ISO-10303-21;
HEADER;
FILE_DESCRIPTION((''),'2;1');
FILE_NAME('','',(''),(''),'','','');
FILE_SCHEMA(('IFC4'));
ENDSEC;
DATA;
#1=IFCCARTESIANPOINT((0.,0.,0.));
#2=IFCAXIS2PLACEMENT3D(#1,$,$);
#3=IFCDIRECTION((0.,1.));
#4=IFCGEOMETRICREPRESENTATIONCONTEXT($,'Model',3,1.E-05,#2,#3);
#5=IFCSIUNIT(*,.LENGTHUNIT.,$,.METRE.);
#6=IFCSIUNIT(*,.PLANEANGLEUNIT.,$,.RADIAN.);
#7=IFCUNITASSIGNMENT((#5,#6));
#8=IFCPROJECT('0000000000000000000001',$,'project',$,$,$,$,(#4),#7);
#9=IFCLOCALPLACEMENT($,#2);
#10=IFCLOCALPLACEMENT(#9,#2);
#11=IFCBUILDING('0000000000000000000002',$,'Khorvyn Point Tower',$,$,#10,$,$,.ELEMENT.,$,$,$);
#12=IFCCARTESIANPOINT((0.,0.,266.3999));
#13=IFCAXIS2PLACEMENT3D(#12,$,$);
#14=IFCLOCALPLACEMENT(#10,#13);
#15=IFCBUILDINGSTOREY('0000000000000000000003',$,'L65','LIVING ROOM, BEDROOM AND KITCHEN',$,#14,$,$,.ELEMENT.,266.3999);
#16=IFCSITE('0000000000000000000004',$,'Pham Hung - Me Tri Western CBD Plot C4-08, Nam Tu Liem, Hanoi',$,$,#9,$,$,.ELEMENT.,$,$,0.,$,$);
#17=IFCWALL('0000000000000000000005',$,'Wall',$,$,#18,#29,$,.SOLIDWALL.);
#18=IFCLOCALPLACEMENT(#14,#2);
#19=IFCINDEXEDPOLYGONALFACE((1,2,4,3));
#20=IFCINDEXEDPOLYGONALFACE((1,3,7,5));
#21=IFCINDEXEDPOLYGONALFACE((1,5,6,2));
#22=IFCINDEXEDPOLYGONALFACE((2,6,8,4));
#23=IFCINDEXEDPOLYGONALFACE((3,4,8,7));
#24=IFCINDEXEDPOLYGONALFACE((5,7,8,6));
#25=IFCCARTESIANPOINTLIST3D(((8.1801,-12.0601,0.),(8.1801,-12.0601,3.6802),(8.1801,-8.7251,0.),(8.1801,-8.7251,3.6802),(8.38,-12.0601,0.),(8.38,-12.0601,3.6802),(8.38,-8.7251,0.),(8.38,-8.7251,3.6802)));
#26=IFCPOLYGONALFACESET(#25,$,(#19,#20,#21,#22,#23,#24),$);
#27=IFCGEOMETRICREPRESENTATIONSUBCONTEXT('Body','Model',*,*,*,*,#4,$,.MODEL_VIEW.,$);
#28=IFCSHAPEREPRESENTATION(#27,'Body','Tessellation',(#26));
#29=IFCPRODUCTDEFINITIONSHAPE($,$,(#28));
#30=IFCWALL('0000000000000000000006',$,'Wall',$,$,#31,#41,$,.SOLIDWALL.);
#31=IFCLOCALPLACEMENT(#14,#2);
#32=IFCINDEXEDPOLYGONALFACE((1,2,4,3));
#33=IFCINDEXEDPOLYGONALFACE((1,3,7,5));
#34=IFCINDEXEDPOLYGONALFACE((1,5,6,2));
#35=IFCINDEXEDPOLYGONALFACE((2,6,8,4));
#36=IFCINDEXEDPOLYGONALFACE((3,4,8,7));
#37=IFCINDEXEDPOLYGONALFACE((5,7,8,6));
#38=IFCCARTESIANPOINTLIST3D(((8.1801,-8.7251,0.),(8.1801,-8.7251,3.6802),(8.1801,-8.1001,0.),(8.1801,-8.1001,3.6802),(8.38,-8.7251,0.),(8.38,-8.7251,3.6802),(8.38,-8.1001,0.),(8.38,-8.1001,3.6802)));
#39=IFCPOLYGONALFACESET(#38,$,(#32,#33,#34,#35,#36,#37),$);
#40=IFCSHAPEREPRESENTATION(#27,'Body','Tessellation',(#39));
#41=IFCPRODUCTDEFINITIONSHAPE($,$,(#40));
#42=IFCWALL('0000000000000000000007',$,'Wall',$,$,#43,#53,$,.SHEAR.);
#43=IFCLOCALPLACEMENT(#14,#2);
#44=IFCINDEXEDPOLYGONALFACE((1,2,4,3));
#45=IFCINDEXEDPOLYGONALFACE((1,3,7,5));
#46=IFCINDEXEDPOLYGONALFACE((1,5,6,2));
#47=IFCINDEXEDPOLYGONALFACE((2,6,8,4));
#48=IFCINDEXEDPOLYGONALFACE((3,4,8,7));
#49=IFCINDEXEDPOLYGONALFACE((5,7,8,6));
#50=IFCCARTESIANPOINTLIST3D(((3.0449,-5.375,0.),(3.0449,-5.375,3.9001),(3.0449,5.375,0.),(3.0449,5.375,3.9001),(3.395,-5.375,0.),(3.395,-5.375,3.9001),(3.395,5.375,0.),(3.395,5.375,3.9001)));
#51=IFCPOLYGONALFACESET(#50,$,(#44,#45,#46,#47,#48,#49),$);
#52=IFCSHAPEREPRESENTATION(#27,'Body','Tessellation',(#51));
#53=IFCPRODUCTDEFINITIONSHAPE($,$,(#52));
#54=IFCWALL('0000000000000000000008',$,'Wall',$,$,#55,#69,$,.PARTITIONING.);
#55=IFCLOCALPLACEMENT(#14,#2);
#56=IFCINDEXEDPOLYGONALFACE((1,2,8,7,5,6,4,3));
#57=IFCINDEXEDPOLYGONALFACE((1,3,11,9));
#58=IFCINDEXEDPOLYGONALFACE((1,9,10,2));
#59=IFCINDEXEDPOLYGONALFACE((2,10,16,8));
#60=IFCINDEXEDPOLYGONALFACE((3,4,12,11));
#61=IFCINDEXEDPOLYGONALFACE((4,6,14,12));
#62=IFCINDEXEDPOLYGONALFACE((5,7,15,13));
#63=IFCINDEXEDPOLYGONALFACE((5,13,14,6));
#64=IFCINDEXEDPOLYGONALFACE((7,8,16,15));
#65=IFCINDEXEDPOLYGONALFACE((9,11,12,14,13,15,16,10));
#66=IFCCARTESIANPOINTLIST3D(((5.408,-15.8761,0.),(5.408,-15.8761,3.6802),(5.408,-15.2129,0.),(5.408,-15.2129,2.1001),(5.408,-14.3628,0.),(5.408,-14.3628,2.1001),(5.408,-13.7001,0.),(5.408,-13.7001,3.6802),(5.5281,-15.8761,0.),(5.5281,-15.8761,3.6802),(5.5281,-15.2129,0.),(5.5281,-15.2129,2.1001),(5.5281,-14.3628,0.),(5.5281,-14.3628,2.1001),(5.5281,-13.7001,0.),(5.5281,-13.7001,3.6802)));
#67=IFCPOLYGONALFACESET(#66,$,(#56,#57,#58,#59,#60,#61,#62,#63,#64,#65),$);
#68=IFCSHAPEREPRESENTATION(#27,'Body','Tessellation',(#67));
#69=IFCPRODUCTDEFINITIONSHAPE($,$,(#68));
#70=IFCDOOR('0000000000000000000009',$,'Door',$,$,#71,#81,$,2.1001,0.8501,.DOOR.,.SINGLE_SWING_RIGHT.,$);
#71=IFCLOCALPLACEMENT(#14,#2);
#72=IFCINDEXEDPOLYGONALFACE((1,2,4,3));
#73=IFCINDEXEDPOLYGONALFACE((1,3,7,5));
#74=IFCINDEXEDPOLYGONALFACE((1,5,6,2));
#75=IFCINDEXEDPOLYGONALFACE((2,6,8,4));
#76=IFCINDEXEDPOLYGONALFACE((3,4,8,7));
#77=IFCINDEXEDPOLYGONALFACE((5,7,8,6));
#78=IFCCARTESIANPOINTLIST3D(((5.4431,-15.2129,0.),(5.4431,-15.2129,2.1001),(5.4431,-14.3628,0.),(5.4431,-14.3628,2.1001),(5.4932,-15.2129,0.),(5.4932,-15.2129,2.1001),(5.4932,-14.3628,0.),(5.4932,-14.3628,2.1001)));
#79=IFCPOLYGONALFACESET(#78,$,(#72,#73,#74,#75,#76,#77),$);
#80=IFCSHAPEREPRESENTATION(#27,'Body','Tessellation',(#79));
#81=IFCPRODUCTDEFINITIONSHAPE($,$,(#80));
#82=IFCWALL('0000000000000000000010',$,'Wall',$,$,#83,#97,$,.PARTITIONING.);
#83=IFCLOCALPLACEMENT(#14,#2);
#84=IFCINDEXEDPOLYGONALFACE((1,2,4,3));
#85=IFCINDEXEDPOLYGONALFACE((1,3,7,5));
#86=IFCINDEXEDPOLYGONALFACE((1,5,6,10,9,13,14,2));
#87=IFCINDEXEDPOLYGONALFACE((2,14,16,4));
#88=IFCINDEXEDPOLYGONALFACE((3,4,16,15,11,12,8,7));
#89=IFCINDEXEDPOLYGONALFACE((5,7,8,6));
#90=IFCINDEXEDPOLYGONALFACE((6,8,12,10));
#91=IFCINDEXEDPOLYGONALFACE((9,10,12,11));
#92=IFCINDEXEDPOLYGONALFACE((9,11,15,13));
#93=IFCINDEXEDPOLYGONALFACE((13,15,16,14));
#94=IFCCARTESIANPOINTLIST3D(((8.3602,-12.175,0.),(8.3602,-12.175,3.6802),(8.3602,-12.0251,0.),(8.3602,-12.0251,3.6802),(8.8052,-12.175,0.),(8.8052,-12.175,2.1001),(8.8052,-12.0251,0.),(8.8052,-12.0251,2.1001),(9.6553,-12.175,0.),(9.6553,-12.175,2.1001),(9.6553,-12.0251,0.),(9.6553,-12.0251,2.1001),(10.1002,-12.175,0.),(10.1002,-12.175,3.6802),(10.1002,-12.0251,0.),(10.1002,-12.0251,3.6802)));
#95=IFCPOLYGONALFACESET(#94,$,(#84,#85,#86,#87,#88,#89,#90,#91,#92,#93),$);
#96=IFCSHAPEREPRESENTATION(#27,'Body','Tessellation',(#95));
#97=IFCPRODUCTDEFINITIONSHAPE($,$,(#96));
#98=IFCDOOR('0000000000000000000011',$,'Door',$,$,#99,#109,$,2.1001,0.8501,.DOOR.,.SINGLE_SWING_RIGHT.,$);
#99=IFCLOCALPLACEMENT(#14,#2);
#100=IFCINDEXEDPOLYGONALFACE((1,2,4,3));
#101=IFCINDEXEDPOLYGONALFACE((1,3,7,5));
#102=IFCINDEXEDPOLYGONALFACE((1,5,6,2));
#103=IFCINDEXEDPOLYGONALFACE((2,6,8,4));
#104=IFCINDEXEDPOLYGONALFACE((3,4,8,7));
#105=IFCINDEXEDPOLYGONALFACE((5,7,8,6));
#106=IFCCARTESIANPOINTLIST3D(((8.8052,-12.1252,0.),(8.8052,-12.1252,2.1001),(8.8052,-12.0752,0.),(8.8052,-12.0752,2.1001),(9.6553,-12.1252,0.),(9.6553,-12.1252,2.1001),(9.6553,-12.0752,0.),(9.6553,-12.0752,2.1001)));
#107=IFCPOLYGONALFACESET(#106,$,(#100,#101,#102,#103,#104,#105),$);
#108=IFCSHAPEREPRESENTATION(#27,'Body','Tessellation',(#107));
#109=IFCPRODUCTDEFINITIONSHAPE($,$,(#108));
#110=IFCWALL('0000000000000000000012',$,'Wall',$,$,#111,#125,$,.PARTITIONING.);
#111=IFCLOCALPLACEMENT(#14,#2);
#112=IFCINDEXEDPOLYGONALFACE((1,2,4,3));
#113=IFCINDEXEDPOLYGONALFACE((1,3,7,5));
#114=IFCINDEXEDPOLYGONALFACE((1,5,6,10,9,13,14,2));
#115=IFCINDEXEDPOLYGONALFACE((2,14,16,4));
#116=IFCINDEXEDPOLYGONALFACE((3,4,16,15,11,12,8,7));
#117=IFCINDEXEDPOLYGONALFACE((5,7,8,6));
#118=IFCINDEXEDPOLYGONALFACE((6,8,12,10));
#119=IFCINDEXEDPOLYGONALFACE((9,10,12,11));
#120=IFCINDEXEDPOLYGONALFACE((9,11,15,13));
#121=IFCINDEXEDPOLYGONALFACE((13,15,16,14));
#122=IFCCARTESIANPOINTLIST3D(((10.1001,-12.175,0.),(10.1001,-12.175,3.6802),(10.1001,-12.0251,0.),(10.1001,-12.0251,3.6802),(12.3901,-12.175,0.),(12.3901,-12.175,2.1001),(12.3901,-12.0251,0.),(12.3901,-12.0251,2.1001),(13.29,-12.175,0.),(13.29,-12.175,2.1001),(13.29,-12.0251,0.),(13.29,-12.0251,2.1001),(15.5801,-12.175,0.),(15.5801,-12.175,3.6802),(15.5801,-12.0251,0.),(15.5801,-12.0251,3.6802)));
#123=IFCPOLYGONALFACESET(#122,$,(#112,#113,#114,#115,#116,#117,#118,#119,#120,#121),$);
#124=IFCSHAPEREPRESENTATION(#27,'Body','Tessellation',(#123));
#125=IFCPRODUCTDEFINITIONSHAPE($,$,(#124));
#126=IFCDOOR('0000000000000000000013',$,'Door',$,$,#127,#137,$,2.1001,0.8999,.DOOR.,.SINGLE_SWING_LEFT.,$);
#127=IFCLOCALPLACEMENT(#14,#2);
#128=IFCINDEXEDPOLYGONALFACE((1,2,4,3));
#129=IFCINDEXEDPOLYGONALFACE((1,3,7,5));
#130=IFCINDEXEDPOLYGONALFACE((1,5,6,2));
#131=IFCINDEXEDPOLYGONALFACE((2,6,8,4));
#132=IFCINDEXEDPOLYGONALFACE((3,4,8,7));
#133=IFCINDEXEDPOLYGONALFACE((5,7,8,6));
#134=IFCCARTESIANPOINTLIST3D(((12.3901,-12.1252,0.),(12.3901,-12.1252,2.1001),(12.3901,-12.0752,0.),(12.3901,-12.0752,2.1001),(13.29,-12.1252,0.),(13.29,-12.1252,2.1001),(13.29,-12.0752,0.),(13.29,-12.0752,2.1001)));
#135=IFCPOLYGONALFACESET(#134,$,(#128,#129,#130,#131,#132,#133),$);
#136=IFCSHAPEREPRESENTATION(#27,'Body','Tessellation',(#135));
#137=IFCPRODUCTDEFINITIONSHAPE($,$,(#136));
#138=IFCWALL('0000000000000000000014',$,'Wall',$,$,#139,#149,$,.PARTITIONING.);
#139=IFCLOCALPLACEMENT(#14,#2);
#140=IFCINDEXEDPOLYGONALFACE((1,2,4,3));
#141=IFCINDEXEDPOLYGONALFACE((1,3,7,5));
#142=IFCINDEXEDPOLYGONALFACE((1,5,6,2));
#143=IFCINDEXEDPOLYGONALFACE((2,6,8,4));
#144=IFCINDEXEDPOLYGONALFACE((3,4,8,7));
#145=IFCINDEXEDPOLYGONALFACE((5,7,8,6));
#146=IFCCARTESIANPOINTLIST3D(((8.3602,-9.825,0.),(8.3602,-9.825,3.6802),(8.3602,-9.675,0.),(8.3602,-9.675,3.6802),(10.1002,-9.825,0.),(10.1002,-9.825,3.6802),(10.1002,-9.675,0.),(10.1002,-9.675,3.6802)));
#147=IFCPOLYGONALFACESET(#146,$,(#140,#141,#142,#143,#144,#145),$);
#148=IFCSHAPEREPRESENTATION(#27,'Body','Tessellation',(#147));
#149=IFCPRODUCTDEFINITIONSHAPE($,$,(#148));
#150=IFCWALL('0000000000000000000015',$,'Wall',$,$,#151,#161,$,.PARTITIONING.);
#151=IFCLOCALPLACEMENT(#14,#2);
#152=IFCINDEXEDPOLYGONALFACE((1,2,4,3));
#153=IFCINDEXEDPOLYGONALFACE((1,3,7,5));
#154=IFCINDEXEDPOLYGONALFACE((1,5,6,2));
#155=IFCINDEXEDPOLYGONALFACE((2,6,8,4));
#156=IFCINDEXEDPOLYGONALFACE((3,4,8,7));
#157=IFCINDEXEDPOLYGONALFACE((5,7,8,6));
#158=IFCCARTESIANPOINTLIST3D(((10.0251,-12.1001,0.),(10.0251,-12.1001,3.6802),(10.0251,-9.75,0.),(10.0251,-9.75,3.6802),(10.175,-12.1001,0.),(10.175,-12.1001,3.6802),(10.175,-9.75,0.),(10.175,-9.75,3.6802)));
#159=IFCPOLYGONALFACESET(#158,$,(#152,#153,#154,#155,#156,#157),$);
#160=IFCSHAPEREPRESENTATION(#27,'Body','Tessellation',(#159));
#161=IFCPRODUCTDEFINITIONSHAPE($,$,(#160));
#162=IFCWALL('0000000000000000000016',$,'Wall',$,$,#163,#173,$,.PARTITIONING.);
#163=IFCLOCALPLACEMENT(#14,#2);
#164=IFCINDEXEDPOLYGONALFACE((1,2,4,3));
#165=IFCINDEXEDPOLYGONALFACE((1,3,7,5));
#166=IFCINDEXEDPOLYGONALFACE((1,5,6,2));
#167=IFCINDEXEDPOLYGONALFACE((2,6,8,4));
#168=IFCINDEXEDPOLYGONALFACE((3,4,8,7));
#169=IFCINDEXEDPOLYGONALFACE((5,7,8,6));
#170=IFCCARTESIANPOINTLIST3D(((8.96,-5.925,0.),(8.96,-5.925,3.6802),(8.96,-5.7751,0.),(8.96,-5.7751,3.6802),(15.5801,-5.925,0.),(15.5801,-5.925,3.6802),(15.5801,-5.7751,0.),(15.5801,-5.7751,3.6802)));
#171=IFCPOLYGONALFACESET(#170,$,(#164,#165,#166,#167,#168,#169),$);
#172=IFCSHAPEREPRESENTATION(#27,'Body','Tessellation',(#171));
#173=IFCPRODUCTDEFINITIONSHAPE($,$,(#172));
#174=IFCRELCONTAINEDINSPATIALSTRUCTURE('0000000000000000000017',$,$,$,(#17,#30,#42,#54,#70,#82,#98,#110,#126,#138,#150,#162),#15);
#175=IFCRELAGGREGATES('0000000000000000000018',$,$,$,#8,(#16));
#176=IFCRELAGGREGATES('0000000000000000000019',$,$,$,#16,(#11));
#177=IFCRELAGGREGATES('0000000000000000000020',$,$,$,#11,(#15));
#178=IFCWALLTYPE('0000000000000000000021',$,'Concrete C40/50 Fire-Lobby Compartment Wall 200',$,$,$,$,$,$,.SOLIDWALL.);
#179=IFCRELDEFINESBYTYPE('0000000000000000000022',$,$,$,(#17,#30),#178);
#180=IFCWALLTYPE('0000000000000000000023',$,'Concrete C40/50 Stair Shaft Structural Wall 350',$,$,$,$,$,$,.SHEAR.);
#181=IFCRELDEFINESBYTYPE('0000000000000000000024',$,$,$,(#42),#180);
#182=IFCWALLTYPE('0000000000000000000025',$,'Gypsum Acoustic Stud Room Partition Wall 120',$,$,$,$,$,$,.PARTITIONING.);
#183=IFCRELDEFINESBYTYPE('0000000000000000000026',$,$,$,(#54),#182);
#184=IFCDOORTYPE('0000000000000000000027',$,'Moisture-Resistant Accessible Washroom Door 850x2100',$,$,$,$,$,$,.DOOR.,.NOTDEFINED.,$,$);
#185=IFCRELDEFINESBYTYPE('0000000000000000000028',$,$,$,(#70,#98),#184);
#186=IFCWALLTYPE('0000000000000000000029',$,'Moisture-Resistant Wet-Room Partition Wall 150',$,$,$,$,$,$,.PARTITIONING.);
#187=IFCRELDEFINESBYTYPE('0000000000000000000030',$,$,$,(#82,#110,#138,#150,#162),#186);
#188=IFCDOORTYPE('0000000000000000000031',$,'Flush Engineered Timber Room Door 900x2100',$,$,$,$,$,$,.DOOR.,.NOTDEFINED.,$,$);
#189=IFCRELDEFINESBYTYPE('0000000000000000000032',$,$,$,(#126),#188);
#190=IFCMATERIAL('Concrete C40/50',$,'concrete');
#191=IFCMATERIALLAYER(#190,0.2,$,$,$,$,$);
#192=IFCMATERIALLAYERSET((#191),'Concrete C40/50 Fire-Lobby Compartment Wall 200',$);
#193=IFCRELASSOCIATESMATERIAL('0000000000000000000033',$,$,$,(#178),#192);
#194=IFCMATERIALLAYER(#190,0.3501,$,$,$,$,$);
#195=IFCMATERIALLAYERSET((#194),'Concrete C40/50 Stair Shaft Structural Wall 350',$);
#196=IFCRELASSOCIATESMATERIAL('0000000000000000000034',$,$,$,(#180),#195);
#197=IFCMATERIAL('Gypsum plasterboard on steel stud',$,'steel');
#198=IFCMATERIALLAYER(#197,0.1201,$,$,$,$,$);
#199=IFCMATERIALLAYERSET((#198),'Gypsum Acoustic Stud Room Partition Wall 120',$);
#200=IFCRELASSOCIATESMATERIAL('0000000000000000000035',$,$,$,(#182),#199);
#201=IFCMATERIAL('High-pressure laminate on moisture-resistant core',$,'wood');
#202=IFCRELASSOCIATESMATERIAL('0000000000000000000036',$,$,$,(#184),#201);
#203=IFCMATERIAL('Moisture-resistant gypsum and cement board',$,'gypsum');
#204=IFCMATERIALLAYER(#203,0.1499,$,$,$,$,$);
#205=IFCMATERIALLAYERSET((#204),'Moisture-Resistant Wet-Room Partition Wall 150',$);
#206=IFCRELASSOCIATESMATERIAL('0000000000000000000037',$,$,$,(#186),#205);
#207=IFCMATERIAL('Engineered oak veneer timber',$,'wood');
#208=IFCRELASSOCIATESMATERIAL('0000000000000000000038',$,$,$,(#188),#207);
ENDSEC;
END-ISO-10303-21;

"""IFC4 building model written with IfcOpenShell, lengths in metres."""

from ifc_helpers import new_model, si_unit, direction, frame, frame_2d, origin, place, context, subcontext, project, spatial, rectangle, extrude, material, layer, layer_set, type_object, element, fill, save


model = new_model("IFC4")

# Units and contexts
model_context = context("Model", 3, precision=1e-05, world=origin(), true_north=direction((0.0, 1.0)))
body_context = subcontext(model_context, "Body", "Model", "MODEL_VIEW")
ifc_project = project(units=[si_unit("LENGTHUNIT", "METRE"), si_unit("PLANEANGLEUNIT", "RADIAN")], contexts=[model_context])

# Site, building, storey
site_placement = place(None, origin())
site = spatial("IfcSite", under=ifc_project, at=site_placement, Name="Pham Hung - Me Tri Western CBD Plot C4-08, Nam Tu Liem, Hanoi", CompositionType="ELEMENT", RefElevation=0.0)
building_placement = place(site_placement, origin())
building = spatial("IfcBuilding", under=site, at=building_placement, Name="Khorvyn Point Tower", CompositionType="ELEMENT")
storey_placement = place(building_placement, frame((0.0, 0.0, 266.3999)))
storey = spatial("IfcBuildingStorey", under=building, at=storey_placement, Name="L65", Description="LIVING ROOM, BEDROOM AND KITCHEN", CompositionType="ELEMENT", Elevation=266.3999)

# Shared definitions
ifc_material_1 = material(Name="Concrete C40/50", Category="concrete")

# Shared definitions
ifc_layer_1 = layer(ifc_material_1, 0.2)
ifc_layer_set_1 = layer_set([ifc_layer_1], Name="Concrete C40/50 Fire-Lobby Compartment Wall 200")
wall_type_1 = type_object("IfcWallType", Name="Concrete C40/50 Fire-Lobby Compartment Wall 200", PredefinedType="SOLIDWALL", material=ifc_layer_set_1)

# Walls
wall_1_placement = place(storey_placement, frame((8.28, -12.0601, 0.0), z_axis=(0.0, 0.0, 1.0), x_axis=(0.0, 1.0, 0.0)))
element("IfcWall", 1, at=wall_1_placement, inside=storey, type_object=wall_type_1, Name="Wall", PredefinedType="SOLIDWALL", context=body_context, shape_type="SweptSolid", body=[
    extrude(rectangle(XDim=3.335, YDim=0.2, at=frame_2d((1.6675, 0.0))), origin(), (0.0, 0.0, 1.0), 3.6802),
])
wall_2_placement = place(storey_placement, frame((8.28, -8.7251, 0.0), z_axis=(0.0, 0.0, 1.0), x_axis=(0.0, 1.0, 0.0)))
element("IfcWall", 2, at=wall_2_placement, inside=storey, type_object=wall_type_1, Name="Wall", PredefinedType="SOLIDWALL", context=body_context, shape_type="SweptSolid", body=[
    extrude(rectangle(XDim=0.625, YDim=0.2, at=frame_2d((0.3125, 0.0))), origin(), (0.0, 0.0, 1.0), 3.6802),
])
ifc_layer_2 = layer(ifc_material_1, 0.3501)
ifc_layer_set_2 = layer_set([ifc_layer_2], Name="Concrete C40/50 Stair Shaft Structural Wall 350")
wall_type_2 = type_object("IfcWallType", Name="Concrete C40/50 Stair Shaft Structural Wall 350", PredefinedType="SHEAR", material=ifc_layer_set_2)
wall_3_placement = place(storey_placement, frame((3.22, -5.375, 0.0), z_axis=(0.0, 0.0, 1.0), x_axis=(0.0, 1.0, 0.0)))
element("IfcWall", 3, at=wall_3_placement, inside=storey, type_object=wall_type_2, Name="Wall", PredefinedType="SHEAR", context=body_context, shape_type="SweptSolid", body=[
    extrude(rectangle(XDim=10.75, YDim=0.3501, at=frame_2d((5.375, 0.0))), origin(), (0.0, 0.0, 1.0), 3.9001),
])

# Walls, openings, doors
ifc_material_2 = material(Name="Gypsum plasterboard on steel stud", Category="steel")
ifc_layer_3 = layer(ifc_material_2, 0.1201)
ifc_layer_set_3 = layer_set([ifc_layer_3], Name="Gypsum Acoustic Stud Room Partition Wall 120")
wall_type_3 = type_object("IfcWallType", Name="Gypsum Acoustic Stud Room Partition Wall 120", PredefinedType="PARTITIONING", material=ifc_layer_set_3)
wall_4_placement = place(storey_placement, frame((5.468, -15.876, 0.0), z_axis=(0.0, 0.0, 1.0), x_axis=(0.0, 1.0, 0.0)))
wall_4 = element("IfcWall", 4, at=wall_4_placement, inside=storey, type_object=wall_type_3, Name="Wall", PredefinedType="PARTITIONING", context=body_context, shape_type="SweptSolid", body=[
    extrude(rectangle(XDim=2.176, YDim=0.1201, at=frame_2d((1.0879, 0.0))), origin(), (0.0, 0.0, 1.0), 3.6802),
])
opening_1_placement = place(wall_4_placement, frame((0.6631, 0.0, 0.0)))
opening_1 = element("IfcOpeningElement", 5, at=opening_1_placement, cuts=wall_4, PredefinedType="OPENING", context=body_context, shape_type="SweptSolid", body=[
    extrude(rectangle(XDim=0.8501, YDim=2.1001, at=frame_2d((0.425, 1.05))), frame((0.0, 0.0701, 0.0), z_axis=(0.0, -1.0, 0.0), x_axis=(1.0, 0.0, 0.0)), (0.0, 0.0, 1.0), 0.1401),
])
ifc_material_3 = material(Name="High-pressure laminate on moisture-resistant core", Category="wood")
door_type_1 = type_object("IfcDoorType", Name="Moisture-Resistant Accessible Washroom Door 850x2100", OperationType="NOTDEFINED", PredefinedType="DOOR", material=ifc_material_3)
door_1_placement = place(opening_1_placement, origin())
door_1 = element("IfcDoor", 6, at=door_1_placement, inside=storey, type_object=door_type_1, Name="Door", OperationType="SINGLE_SWING_RIGHT", OverallHeight=2.1001, OverallWidth=0.8501, PredefinedType="DOOR", context=body_context, shape_type="SweptSolid", body=[
    extrude(rectangle(XDim=0.8501, YDim=2.1001, at=frame_2d((0.425, 1.05))), frame((0.0, 0.0249, 0.0), z_axis=(0.0, -1.0, 0.0), x_axis=(1.0, 0.0, 0.0)), (0.0, 0.0, 1.0), 0.05),
])
fill(opening_1, door_1)
ifc_material_4 = material(Name="Moisture-resistant gypsum and cement board", Category="gypsum")
ifc_layer_4 = layer(ifc_material_4, 0.1499)
ifc_layer_set_4 = layer_set([ifc_layer_4], Name="Moisture-Resistant Wet-Room Partition Wall 150")
wall_type_4 = type_object("IfcWallType", Name="Moisture-Resistant Wet-Room Partition Wall 150", PredefinedType="PARTITIONING", material=ifc_layer_set_4)
wall_5_placement = place(storey_placement, frame((8.3601, -12.1001, 0.0), z_axis=(0.0, 0.0, 1.0), x_axis=(1.0, 0.0, 0.0)))
wall_5 = element("IfcWall", 7, at=wall_5_placement, inside=storey, type_object=wall_type_4, Name="Wall", PredefinedType="PARTITIONING", context=body_context, shape_type="SweptSolid", body=[
    extrude(rectangle(XDim=1.74, YDim=0.1499, at=frame_2d((0.8701, 0.0))), origin(), (0.0, 0.0, 1.0), 3.6802),
])
opening_2_placement = place(wall_5_placement, frame((0.4451, 0.0, 0.0)))
opening_2 = element("IfcOpeningElement", 8, at=opening_2_placement, cuts=wall_5, PredefinedType="OPENING", context=body_context, shape_type="SweptSolid", body=[
    extrude(rectangle(XDim=0.8501, YDim=2.1001, at=frame_2d((0.425, 1.05))), frame((0.0, 0.085, 0.0), z_axis=(0.0, -1.0, 0.0), x_axis=(1.0, 0.0, 0.0)), (0.0, 0.0, 1.0), 0.1699),
])
door_2_placement = place(opening_2_placement, origin())
door_2 = element("IfcDoor", 9, at=door_2_placement, inside=storey, type_object=door_type_1, Name="Door", OperationType="SINGLE_SWING_RIGHT", OverallHeight=2.1001, OverallWidth=0.8501, PredefinedType="DOOR", context=body_context, shape_type="SweptSolid", body=[
    extrude(rectangle(XDim=0.8501, YDim=2.1001, at=frame_2d((0.425, 1.05))), frame((0.0, 0.0249, 0.0), z_axis=(0.0, -1.0, 0.0), x_axis=(1.0, 0.0, 0.0)), (0.0, 0.0, 1.0), 0.05),
])
fill(opening_2, door_2)
wall_6_placement = place(storey_placement, frame((10.1001, -12.1001, 0.0), z_axis=(0.0, 0.0, 1.0), x_axis=(1.0, 0.0, 0.0)))
wall_6 = element("IfcWall", 10, at=wall_6_placement, inside=storey, type_object=wall_type_4, Name="Wall", PredefinedType="PARTITIONING", context=body_context, shape_type="SweptSolid", body=[
    extrude(rectangle(XDim=5.48, YDim=0.1499, at=frame_2d((2.74, 0.0))), origin(), (0.0, 0.0, 1.0), 3.6802),
])
opening_3_placement = place(wall_6_placement, frame((2.29, 0.0, 0.0)))
opening_3 = element("IfcOpeningElement", 11, at=opening_3_placement, cuts=wall_6, PredefinedType="OPENING", context=body_context, shape_type="SweptSolid", body=[
    extrude(rectangle(XDim=0.8999, YDim=2.1001, at=frame_2d((0.45, 1.05))), frame((0.0, 0.085, 0.0), z_axis=(0.0, -1.0, 0.0), x_axis=(1.0, 0.0, 0.0)), (0.0, 0.0, 1.0), 0.1699),
])
ifc_material_5 = material(Name="Engineered oak veneer timber", Category="wood")
door_type_2 = type_object("IfcDoorType", Name="Flush Engineered Timber Room Door 900x2100", OperationType="NOTDEFINED", PredefinedType="DOOR", material=ifc_material_5)
door_3_placement = place(opening_3_placement, origin())
door_3 = element("IfcDoor", 12, at=door_3_placement, inside=storey, type_object=door_type_2, Name="Door", OperationType="SINGLE_SWING_LEFT", OverallHeight=2.1001, OverallWidth=0.8999, PredefinedType="DOOR", context=body_context, shape_type="SweptSolid", body=[
    extrude(rectangle(XDim=0.8999, YDim=2.1001, at=frame_2d((0.45, 1.05))), frame((0.0, 0.0249, 0.0), z_axis=(0.0, -1.0, 0.0), x_axis=(1.0, 0.0, 0.0)), (0.0, 0.0, 1.0), 0.05),
])
fill(opening_3, door_3)

# Walls
wall_7_placement = place(storey_placement, frame((8.3601, -9.75, 0.0), z_axis=(0.0, 0.0, 1.0), x_axis=(1.0, 0.0, 0.0)))
element("IfcWall", 13, at=wall_7_placement, inside=storey, type_object=wall_type_4, Name="Wall", PredefinedType="PARTITIONING", context=body_context, shape_type="SweptSolid", body=[
    extrude(rectangle(XDim=1.74, YDim=0.1499, at=frame_2d((0.8701, 0.0))), origin(), (0.0, 0.0, 1.0), 3.6802),
])
wall_8_placement = place(storey_placement, frame((10.1001, -12.1001, 0.0), z_axis=(0.0, 0.0, 1.0), x_axis=(0.0, 1.0, 0.0)))
element("IfcWall", 14, at=wall_8_placement, inside=storey, type_object=wall_type_4, Name="Wall", PredefinedType="PARTITIONING", context=body_context, shape_type="SweptSolid", body=[
    extrude(rectangle(XDim=2.3501, YDim=0.1499, at=frame_2d((1.175, 0.0))), origin(), (0.0, 0.0, 1.0), 3.6802),
])
wall_9_placement = place(storey_placement, frame((8.96, -5.8501, 0.0), z_axis=(0.0, 0.0, 1.0), x_axis=(1.0, 0.0, 0.0)))
element("IfcWall", 15, at=wall_9_placement, inside=storey, type_object=wall_type_4, Name="Wall", PredefinedType="PARTITIONING", context=body_context, shape_type="SweptSolid", body=[
    extrude(rectangle(XDim=6.6201, YDim=0.1499, at=frame_2d((3.3101, 0.0))), origin(), (0.0, 0.0, 1.0), 3.6802),
])

save(model, "model.ifc")
